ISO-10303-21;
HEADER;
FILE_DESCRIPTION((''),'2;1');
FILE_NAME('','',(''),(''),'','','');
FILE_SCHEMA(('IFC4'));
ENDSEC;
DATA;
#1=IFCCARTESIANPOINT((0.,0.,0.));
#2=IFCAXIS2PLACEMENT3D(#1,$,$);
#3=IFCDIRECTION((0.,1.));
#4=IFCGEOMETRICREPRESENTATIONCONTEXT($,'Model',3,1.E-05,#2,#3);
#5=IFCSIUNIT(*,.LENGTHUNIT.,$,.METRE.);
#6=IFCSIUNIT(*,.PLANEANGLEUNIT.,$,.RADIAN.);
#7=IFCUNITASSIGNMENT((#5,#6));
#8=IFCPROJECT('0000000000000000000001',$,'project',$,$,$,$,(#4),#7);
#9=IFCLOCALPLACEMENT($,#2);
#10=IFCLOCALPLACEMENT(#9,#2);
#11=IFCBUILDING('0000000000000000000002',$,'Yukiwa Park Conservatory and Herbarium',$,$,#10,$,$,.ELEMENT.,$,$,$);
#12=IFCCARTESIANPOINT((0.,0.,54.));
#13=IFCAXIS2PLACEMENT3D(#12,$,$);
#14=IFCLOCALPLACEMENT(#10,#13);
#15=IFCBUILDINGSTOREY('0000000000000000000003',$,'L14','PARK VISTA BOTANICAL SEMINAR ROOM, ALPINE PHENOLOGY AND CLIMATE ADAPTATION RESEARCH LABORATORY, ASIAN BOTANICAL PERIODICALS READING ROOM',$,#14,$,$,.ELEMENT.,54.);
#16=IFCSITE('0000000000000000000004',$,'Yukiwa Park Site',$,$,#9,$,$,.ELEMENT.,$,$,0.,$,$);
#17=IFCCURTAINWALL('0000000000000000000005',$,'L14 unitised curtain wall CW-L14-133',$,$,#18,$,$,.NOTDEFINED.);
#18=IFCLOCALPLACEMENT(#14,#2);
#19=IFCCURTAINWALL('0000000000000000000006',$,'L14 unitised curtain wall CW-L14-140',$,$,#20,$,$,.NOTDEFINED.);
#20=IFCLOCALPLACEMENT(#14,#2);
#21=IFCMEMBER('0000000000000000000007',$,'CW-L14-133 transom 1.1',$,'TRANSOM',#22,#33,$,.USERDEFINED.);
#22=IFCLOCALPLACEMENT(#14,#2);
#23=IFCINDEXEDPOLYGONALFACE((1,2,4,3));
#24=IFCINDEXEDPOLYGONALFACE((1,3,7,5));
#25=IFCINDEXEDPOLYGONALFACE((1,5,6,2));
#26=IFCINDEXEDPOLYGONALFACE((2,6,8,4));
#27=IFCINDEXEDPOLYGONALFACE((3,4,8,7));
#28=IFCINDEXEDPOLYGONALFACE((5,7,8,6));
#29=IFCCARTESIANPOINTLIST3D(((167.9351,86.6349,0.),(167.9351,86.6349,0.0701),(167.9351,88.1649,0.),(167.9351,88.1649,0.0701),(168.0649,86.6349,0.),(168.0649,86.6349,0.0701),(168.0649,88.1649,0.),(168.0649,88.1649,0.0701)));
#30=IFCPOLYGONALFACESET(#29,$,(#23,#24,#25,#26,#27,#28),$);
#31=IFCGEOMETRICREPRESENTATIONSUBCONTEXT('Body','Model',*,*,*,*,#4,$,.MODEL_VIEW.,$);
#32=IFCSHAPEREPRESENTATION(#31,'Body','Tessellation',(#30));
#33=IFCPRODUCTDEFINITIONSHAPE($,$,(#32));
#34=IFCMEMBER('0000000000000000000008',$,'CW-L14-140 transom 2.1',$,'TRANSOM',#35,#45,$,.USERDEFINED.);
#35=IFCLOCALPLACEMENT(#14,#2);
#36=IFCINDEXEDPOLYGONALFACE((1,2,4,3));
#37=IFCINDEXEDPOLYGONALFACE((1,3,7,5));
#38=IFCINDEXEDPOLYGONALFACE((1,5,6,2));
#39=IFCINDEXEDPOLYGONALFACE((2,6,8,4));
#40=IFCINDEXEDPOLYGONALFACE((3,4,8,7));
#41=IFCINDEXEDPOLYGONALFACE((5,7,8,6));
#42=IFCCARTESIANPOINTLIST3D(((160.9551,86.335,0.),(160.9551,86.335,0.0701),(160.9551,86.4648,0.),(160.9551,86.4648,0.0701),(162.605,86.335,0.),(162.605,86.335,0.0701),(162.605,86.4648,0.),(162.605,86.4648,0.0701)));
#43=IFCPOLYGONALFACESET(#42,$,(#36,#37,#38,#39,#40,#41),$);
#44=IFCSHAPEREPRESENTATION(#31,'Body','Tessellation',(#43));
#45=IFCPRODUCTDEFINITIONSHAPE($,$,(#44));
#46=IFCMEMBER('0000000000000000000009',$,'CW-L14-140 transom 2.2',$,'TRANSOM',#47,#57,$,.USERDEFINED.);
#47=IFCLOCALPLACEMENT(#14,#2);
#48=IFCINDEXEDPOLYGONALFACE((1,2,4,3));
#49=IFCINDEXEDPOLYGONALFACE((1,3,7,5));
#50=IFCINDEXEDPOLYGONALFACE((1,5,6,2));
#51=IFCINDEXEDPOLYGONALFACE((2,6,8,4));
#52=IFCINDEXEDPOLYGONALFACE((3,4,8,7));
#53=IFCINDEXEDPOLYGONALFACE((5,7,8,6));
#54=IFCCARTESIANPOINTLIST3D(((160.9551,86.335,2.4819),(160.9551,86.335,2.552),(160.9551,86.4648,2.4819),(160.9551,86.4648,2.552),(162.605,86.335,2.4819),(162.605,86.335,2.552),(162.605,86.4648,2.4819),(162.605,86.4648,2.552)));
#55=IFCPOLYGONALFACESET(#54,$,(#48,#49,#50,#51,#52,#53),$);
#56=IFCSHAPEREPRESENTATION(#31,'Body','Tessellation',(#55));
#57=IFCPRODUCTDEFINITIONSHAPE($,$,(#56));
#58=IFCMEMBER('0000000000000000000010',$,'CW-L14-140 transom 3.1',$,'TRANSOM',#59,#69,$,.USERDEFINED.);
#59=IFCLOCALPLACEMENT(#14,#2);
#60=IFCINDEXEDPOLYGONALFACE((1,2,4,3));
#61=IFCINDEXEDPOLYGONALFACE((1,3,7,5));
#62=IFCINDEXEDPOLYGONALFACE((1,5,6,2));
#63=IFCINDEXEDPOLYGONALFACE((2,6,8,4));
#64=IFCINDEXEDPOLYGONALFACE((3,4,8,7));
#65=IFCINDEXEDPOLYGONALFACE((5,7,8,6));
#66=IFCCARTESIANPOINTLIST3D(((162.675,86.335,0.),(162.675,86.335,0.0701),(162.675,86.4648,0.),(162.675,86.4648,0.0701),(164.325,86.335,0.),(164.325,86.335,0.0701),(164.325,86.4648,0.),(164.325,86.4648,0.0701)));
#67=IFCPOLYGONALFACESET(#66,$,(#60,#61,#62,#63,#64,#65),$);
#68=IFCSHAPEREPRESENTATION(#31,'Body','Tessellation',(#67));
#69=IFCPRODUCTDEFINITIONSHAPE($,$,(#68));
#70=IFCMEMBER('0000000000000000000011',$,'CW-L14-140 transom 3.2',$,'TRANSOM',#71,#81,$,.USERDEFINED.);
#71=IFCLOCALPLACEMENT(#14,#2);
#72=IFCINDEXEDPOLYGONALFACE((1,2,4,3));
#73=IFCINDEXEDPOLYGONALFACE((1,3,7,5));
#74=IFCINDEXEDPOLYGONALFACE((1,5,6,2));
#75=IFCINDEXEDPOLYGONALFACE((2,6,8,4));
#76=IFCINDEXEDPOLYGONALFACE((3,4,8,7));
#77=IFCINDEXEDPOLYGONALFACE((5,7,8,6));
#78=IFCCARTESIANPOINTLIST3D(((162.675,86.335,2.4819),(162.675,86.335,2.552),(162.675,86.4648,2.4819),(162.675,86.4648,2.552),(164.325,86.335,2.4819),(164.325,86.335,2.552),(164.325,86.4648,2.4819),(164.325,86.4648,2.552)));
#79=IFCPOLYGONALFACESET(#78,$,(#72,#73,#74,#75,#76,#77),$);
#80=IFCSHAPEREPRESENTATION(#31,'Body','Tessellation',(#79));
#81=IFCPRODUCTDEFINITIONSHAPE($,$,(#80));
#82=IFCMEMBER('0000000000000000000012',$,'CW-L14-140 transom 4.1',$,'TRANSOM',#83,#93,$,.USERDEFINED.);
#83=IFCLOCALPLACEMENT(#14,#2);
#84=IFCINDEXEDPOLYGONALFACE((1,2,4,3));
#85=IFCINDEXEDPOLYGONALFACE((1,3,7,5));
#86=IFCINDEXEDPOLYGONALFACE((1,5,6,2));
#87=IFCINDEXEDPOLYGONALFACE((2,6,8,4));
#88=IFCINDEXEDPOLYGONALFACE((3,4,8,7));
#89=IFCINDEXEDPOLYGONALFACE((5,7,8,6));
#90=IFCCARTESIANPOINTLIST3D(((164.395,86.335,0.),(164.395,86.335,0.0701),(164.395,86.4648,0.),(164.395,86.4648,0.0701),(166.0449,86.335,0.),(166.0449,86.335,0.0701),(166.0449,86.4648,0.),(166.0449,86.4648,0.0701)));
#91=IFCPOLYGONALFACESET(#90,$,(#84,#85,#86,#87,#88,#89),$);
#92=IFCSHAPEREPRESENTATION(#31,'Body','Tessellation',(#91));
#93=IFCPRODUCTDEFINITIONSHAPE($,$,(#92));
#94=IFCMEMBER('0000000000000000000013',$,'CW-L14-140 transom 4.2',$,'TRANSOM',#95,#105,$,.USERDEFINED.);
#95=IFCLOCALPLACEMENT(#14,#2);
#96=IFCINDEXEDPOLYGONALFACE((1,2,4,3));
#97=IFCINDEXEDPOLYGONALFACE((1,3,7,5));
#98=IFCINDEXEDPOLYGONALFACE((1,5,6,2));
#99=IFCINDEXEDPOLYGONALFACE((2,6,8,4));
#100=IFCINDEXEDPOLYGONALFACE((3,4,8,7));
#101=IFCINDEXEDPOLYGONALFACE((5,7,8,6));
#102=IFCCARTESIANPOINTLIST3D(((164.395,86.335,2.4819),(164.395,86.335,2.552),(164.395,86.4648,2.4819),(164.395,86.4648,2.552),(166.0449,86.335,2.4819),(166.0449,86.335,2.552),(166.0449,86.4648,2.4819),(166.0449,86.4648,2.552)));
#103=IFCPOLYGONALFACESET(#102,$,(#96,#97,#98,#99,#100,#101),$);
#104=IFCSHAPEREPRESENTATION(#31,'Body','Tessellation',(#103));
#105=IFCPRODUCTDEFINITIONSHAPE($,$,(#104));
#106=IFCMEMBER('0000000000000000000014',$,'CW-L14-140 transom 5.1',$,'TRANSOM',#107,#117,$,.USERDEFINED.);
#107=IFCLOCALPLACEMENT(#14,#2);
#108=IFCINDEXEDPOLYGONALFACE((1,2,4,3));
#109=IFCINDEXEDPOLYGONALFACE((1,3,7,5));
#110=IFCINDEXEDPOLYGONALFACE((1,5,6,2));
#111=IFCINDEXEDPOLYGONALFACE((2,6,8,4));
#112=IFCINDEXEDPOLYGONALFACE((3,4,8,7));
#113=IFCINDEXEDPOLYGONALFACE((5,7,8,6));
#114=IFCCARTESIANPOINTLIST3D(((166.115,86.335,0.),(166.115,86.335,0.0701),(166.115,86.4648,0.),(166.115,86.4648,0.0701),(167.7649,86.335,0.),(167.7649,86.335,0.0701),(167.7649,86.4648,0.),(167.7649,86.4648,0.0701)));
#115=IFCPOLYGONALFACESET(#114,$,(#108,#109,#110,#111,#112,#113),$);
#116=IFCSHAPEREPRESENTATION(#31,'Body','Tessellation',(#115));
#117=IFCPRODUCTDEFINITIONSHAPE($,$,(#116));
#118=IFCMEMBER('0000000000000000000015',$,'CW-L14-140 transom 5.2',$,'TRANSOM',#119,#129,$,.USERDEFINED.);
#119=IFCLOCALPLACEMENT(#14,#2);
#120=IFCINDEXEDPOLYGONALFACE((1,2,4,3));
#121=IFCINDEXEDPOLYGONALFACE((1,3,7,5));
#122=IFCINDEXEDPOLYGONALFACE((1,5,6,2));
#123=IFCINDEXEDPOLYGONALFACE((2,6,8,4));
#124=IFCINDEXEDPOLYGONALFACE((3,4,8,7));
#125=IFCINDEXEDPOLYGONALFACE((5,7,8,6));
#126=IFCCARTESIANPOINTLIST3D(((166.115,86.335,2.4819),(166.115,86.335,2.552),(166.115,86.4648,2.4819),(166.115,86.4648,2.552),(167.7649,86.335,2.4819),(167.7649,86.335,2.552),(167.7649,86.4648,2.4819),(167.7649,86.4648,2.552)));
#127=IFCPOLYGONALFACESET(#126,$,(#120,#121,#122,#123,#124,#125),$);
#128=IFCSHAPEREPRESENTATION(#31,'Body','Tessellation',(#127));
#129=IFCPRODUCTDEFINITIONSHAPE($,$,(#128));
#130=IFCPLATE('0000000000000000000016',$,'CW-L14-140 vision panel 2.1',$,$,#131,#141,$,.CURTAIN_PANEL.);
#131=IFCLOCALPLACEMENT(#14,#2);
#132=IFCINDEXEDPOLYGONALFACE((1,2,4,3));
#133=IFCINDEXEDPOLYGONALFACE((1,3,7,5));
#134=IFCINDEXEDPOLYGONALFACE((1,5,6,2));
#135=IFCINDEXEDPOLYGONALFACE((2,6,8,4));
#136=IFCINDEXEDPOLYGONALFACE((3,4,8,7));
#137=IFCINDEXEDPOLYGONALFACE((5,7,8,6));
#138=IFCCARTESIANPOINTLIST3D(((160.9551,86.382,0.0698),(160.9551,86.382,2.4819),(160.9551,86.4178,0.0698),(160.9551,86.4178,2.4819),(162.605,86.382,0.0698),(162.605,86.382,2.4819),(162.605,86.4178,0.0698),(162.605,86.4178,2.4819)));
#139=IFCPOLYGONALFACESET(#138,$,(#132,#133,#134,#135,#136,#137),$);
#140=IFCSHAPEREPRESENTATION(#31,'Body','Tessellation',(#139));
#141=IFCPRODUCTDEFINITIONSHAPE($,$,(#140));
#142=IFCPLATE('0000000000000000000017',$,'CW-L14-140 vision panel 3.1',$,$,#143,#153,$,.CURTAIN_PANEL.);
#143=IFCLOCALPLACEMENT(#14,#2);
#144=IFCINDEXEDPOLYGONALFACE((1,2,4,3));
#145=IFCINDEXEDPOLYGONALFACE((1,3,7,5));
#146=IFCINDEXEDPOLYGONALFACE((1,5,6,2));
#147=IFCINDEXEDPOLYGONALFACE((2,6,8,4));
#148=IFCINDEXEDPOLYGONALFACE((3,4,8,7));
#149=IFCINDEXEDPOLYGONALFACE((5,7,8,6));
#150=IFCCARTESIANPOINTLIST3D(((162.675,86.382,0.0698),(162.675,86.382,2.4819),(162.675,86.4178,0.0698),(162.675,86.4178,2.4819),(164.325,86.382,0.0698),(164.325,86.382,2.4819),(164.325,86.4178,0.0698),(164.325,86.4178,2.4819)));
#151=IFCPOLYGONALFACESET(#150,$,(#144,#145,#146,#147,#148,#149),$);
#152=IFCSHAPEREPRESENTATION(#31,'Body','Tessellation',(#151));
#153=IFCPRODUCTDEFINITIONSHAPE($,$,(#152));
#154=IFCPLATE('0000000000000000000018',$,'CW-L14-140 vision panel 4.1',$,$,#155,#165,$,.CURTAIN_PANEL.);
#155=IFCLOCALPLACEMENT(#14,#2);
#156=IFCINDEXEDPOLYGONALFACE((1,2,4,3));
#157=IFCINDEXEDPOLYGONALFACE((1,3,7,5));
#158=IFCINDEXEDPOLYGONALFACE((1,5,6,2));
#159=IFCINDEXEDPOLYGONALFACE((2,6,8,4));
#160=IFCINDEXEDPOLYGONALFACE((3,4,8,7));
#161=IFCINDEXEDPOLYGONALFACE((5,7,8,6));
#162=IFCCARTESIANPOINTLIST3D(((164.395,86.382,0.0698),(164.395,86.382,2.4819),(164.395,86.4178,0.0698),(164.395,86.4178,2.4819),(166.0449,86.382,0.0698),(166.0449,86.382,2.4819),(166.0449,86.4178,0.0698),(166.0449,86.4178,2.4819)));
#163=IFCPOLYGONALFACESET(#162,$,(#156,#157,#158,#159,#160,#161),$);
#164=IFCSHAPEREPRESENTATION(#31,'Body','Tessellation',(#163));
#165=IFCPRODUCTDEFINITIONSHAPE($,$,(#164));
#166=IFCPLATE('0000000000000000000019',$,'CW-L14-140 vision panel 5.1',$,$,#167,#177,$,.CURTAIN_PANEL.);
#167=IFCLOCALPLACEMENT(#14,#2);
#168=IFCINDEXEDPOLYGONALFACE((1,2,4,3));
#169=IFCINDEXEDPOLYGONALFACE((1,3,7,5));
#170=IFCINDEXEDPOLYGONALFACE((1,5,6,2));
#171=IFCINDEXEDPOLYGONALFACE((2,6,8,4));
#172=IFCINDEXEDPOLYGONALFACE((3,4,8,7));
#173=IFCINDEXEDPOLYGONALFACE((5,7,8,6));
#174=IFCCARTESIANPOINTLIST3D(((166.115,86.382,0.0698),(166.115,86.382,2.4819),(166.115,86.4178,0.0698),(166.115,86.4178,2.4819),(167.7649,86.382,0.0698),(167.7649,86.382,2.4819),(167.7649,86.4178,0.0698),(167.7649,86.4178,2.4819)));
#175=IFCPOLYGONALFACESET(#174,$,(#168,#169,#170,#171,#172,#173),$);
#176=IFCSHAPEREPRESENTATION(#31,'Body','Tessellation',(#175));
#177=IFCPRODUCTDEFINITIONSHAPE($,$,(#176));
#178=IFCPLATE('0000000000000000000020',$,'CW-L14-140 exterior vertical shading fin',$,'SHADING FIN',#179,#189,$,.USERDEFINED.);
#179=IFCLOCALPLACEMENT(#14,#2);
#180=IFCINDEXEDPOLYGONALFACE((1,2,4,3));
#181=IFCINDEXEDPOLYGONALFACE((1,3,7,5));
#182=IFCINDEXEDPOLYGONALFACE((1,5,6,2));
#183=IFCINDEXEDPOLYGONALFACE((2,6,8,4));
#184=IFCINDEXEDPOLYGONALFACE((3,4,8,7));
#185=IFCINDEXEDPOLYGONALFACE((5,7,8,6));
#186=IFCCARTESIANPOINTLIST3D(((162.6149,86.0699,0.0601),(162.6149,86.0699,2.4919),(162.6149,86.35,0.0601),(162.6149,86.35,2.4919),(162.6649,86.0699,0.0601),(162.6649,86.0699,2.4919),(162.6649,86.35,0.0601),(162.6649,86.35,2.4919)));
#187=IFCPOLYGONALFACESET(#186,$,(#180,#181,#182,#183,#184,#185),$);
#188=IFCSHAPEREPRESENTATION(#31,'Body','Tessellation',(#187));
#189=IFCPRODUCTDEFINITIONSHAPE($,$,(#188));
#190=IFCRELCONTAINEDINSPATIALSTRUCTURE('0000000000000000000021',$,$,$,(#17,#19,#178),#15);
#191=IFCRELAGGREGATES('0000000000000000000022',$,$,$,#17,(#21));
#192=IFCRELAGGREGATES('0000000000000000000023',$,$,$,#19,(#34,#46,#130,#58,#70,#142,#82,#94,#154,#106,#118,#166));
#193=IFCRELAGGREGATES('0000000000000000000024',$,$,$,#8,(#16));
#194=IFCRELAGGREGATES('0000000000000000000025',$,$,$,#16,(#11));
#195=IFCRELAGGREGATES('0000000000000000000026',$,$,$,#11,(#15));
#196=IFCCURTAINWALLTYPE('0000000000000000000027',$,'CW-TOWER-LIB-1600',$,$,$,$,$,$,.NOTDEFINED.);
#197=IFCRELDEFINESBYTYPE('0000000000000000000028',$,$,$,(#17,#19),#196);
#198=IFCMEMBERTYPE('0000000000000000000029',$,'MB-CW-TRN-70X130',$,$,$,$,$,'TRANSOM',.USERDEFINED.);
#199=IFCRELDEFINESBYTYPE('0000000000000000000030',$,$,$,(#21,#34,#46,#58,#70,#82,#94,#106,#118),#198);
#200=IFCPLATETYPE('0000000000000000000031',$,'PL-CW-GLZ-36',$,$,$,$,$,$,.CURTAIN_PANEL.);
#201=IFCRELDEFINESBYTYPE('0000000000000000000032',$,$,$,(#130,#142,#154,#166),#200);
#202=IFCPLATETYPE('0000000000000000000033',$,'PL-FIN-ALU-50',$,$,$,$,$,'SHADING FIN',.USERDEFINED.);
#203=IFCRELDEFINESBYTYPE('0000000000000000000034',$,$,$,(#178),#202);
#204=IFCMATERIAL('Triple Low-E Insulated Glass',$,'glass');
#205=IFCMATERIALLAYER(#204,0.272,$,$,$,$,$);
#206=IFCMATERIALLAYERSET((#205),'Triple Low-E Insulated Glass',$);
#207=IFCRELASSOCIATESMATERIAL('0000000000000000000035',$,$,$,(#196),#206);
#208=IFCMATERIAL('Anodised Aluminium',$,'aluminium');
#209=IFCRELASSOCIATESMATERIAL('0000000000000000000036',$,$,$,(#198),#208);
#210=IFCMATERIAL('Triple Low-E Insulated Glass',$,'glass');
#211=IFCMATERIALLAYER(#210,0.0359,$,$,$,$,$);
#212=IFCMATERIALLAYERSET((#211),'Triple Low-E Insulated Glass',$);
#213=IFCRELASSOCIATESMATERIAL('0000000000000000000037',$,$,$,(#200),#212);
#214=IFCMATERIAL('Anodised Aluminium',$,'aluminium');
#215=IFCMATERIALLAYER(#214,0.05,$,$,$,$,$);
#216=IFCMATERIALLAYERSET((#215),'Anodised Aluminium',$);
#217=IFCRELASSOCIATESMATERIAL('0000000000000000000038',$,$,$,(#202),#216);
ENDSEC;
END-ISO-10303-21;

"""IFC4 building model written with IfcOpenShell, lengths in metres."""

from ifc_helpers import new_model, si_unit, direction, frame, origin, origin_2d, place, context, subcontext, project, spatial, rectangle, extrude, material, layer, layer_set, type_object, element, aggregate, save


model = new_model("IFC4")

# Units and contexts
model_context = context("Model", 3, precision=1e-05, world=origin(), true_north=direction((0.0, 1.0)))
body_context = subcontext(model_context, "Body", "Model", "MODEL_VIEW")
ifc_project = project(units=[si_unit("LENGTHUNIT", "METRE"), si_unit("PLANEANGLEUNIT", "RADIAN")], contexts=[model_context])

# Site, building, storey
site_placement = place(None, origin())
site = spatial("IfcSite", under=ifc_project, at=site_placement, Name="Yukiwa Park Site", CompositionType="ELEMENT", RefElevation=0.0)
building_placement = place(site_placement, origin())
building = spatial("IfcBuilding", under=site, at=building_placement, Name="Yukiwa Park Conservatory and Herbarium", CompositionType="ELEMENT")
storey_placement = place(building_placement, frame((0.0, 0.0, 54.0)))
storey = spatial("IfcBuildingStorey", under=building, at=storey_placement, Name="L14", Description="PARK VISTA BOTANICAL SEMINAR ROOM, ALPINE PHENOLOGY AND CLIMATE ADAPTATION RESEARCH LABORATORY, ASIAN BOTANICAL PERIODICALS READING ROOM", CompositionType="ELEMENT", Elevation=54.0)

# Curtain wall
ifc_material_1 = material(Name="Triple Low-E Insulated Glass", Category="glass")
ifc_layer_1 = layer(ifc_material_1, 0.272)
ifc_layer_set_1 = layer_set([ifc_layer_1], Name="Triple Low-E Insulated Glass")
curtain_wall_type = type_object("IfcCurtainWallType", Name="CW-TOWER-LIB-1600", PredefinedType="NOTDEFINED", material=ifc_layer_set_1)
curtain_wall_1_placement = place(storey_placement, origin())
curtain_wall_1 = element("IfcCurtainWall", 1, at=curtain_wall_1_placement, inside=storey, type_object=curtain_wall_type, Name="L14 unitised curtain wall CW-L14-133", PredefinedType="NOTDEFINED")

# Curtain wall
curtain_wall_2_placement = place(storey_placement, origin())
curtain_wall_2 = element("IfcCurtainWall", 2, at=curtain_wall_2_placement, inside=storey, type_object=curtain_wall_type, Name="L14 unitised curtain wall CW-L14-140", PredefinedType="NOTDEFINED")

# Members
ifc_material_2 = material(Name="Anodised Aluminium", Category="aluminium")
member_type_1 = type_object("IfcMemberType", Name="MB-CW-TRN-70X130", ElementType="TRANSOM", PredefinedType="USERDEFINED", material=ifc_material_2)
member_1_placement = place(storey_placement, frame((168.0, 87.3999, 0.0), z_axis=(0.0, 0.0, 1.0), x_axis=(0.0, 1.0, 0.0)))
member_1 = element("IfcMember", 3, at=member_1_placement, type_object=member_type_1, Name="CW-L14-133 transom 1.1", ObjectType="TRANSOM", PredefinedType="USERDEFINED", context=body_context, shape_type="SweptSolid", body=[
    extrude(rectangle(XDim=1.53, YDim=0.1299, at=origin_2d()), origin(), (0.0, 0.0, 1.0), 0.0701),
])
aggregate(curtain_wall_1, [member_1])
member_2_placement = place(storey_placement, frame((161.78, 86.3999, 0.0), z_axis=(0.0, 0.0, 1.0), x_axis=(1.0, 0.0, 0.0)))
member_2 = element("IfcMember", 4, at=member_2_placement, type_object=member_type_1, Name="CW-L14-140 transom 2.1", ObjectType="TRANSOM", PredefinedType="USERDEFINED", context=body_context, shape_type="SweptSolid", body=[
    extrude(rectangle(XDim=1.6499, YDim=0.1299, at=origin_2d()), origin(), (0.0, 0.0, 1.0), 0.0701),
])
member_3_placement = place(storey_placement, frame((161.78, 86.3999, 2.4819), z_axis=(0.0, 0.0, 1.0), x_axis=(1.0, 0.0, 0.0)))
member_3 = element("IfcMember", 5, at=member_3_placement, type_object=member_type_1, Name="CW-L14-140 transom 2.2", ObjectType="TRANSOM", PredefinedType="USERDEFINED", context=body_context, shape_type="SweptSolid", body=[
    extrude(rectangle(XDim=1.6499, YDim=0.1299, at=origin_2d()), origin(), (0.0, 0.0, 1.0), 0.0701),
])
member_4_placement = place(storey_placement, frame((163.5, 86.3999, 0.0), z_axis=(0.0, 0.0, 1.0), x_axis=(1.0, 0.0, 0.0)))
member_4 = element("IfcMember", 6, at=member_4_placement, type_object=member_type_1, Name="CW-L14-140 transom 3.1", ObjectType="TRANSOM", PredefinedType="USERDEFINED", context=body_context, shape_type="SweptSolid", body=[
    extrude(rectangle(XDim=1.6499, YDim=0.1299, at=origin_2d()), origin(), (0.0, 0.0, 1.0), 0.0701),
])
member_5_placement = place(storey_placement, frame((163.5, 86.3999, 2.4819), z_axis=(0.0, 0.0, 1.0), x_axis=(1.0, 0.0, 0.0)))
member_5 = element("IfcMember", 7, at=member_5_placement, type_object=member_type_1, Name="CW-L14-140 transom 3.2", ObjectType="TRANSOM", PredefinedType="USERDEFINED", context=body_context, shape_type="SweptSolid", body=[
    extrude(rectangle(XDim=1.6499, YDim=0.1299, at=origin_2d()), origin(), (0.0, 0.0, 1.0), 0.0701),
])
member_6_placement = place(storey_placement, frame((165.22, 86.3999, 0.0), z_axis=(0.0, 0.0, 1.0), x_axis=(1.0, 0.0, 0.0)))
member_6 = element("IfcMember", 8, at=member_6_placement, type_object=member_type_1, Name="CW-L14-140 transom 4.1", ObjectType="TRANSOM", PredefinedType="USERDEFINED", context=body_context, shape_type="SweptSolid", body=[
    extrude(rectangle(XDim=1.6499, YDim=0.1299, at=origin_2d()), origin(), (0.0, 0.0, 1.0), 0.0701),
])
member_7_placement = place(storey_placement, frame((165.22, 86.3999, 2.4819), z_axis=(0.0, 0.0, 1.0), x_axis=(1.0, 0.0, 0.0)))
member_7 = element("IfcMember", 9, at=member_7_placement, type_object=member_type_1, Name="CW-L14-140 transom 4.2", ObjectType="TRANSOM", PredefinedType="USERDEFINED", context=body_context, shape_type="SweptSolid", body=[
    extrude(rectangle(XDim=1.6499, YDim=0.1299, at=origin_2d()), origin(), (0.0, 0.0, 1.0), 0.0701),
])
member_8_placement = place(storey_placement, frame((166.9399, 86.3999, 0.0), z_axis=(0.0, 0.0, 1.0), x_axis=(1.0, 0.0, 0.0)))
member_8 = element("IfcMember", 10, at=member_8_placement, type_object=member_type_1, Name="CW-L14-140 transom 5.1", ObjectType="TRANSOM", PredefinedType="USERDEFINED", context=body_context, shape_type="SweptSolid", body=[
    extrude(rectangle(XDim=1.6499, YDim=0.1299, at=origin_2d()), origin(), (0.0, 0.0, 1.0), 0.0701),
])
member_9_placement = place(storey_placement, frame((166.9399, 86.3999, 2.4819), z_axis=(0.0, 0.0, 1.0), x_axis=(1.0, 0.0, 0.0)))
member_9 = element("IfcMember", 11, at=member_9_placement, type_object=member_type_1, Name="CW-L14-140 transom 5.2", ObjectType="TRANSOM", PredefinedType="USERDEFINED", context=body_context, shape_type="SweptSolid", body=[
    extrude(rectangle(XDim=1.6499, YDim=0.1299, at=origin_2d()), origin(), (0.0, 0.0, 1.0), 0.0701),
])

# Plates
ifc_material_3 = material(Name="Triple Low-E Insulated Glass", Category="glass")
ifc_layer_2 = layer(ifc_material_3, 0.0359)
ifc_layer_set_2 = layer_set([ifc_layer_2], Name="Triple Low-E Insulated Glass")
plate_type_1 = type_object("IfcPlateType", Name="PL-CW-GLZ-36", PredefinedType="CURTAIN_PANEL", material=ifc_layer_set_2)
plate_1_placement = place(storey_placement, frame((161.78, 86.3999, 0.0698), z_axis=(0.0, 0.0, 1.0), x_axis=(1.0, 0.0, 0.0)))
plate_1 = element("IfcPlate", 12, at=plate_1_placement, type_object=plate_type_1, Name="CW-L14-140 vision panel 2.1", PredefinedType="CURTAIN_PANEL", context=body_context, shape_type="SweptSolid", body=[
    extrude(rectangle(XDim=1.6499, YDim=0.0359, at=origin_2d()), origin(), (0.0, 0.0, 1.0), 2.4121),
])
plate_2_placement = place(storey_placement, frame((163.5, 86.3999, 0.0698), z_axis=(0.0, 0.0, 1.0), x_axis=(1.0, 0.0, 0.0)))
plate_2 = element("IfcPlate", 13, at=plate_2_placement, type_object=plate_type_1, Name="CW-L14-140 vision panel 3.1", PredefinedType="CURTAIN_PANEL", context=body_context, shape_type="SweptSolid", body=[
    extrude(rectangle(XDim=1.6499, YDim=0.0359, at=origin_2d()), origin(), (0.0, 0.0, 1.0), 2.4121),
])
plate_3_placement = place(storey_placement, frame((165.22, 86.3999, 0.0698), z_axis=(0.0, 0.0, 1.0), x_axis=(1.0, 0.0, 0.0)))
plate_3 = element("IfcPlate", 14, at=plate_3_placement, type_object=plate_type_1, Name="CW-L14-140 vision panel 4.1", PredefinedType="CURTAIN_PANEL", context=body_context, shape_type="SweptSolid", body=[
    extrude(rectangle(XDim=1.6499, YDim=0.0359, at=origin_2d()), origin(), (0.0, 0.0, 1.0), 2.4121),
])
plate_4_placement = place(storey_placement, frame((166.9399, 86.3999, 0.0698), z_axis=(0.0, 0.0, 1.0), x_axis=(1.0, 0.0, 0.0)))
plate_4 = element("IfcPlate", 15, at=plate_4_placement, type_object=plate_type_1, Name="CW-L14-140 vision panel 5.1", PredefinedType="CURTAIN_PANEL", context=body_context, shape_type="SweptSolid", body=[
    extrude(rectangle(XDim=1.6499, YDim=0.0359, at=origin_2d()), origin(), (0.0, 0.0, 1.0), 2.4121),
])
aggregate(curtain_wall_2, [member_2, member_3, plate_1, member_4, member_5, plate_2, member_6, member_7, plate_3, member_8, member_9, plate_4])
ifc_material_4 = material(Name="Anodised Aluminium", Category="aluminium")
ifc_layer_3 = layer(ifc_material_4, 0.05)
ifc_layer_set_3 = layer_set([ifc_layer_3], Name="Anodised Aluminium")
plate_type_2 = type_object("IfcPlateType", Name="PL-FIN-ALU-50", ElementType="SHADING FIN", PredefinedType="USERDEFINED", material=ifc_layer_set_3)
plate_5_placement = place(storey_placement, frame((162.6399, 86.21, 0.0601), z_axis=(0.0, 0.0, 1.0), x_axis=(1.0, 0.0, 0.0)))
element("IfcPlate", 16, at=plate_5_placement, inside=storey, type_object=plate_type_2, Name="CW-L14-140 exterior vertical shading fin", ObjectType="SHADING FIN", PredefinedType="USERDEFINED", context=body_context, shape_type="SweptSolid", body=[
    extrude(rectangle(XDim=0.05, YDim=0.28, at=origin_2d()), origin(), (0.0, 0.0, 1.0), 2.4319),
])

save(model, "model.ifc")
